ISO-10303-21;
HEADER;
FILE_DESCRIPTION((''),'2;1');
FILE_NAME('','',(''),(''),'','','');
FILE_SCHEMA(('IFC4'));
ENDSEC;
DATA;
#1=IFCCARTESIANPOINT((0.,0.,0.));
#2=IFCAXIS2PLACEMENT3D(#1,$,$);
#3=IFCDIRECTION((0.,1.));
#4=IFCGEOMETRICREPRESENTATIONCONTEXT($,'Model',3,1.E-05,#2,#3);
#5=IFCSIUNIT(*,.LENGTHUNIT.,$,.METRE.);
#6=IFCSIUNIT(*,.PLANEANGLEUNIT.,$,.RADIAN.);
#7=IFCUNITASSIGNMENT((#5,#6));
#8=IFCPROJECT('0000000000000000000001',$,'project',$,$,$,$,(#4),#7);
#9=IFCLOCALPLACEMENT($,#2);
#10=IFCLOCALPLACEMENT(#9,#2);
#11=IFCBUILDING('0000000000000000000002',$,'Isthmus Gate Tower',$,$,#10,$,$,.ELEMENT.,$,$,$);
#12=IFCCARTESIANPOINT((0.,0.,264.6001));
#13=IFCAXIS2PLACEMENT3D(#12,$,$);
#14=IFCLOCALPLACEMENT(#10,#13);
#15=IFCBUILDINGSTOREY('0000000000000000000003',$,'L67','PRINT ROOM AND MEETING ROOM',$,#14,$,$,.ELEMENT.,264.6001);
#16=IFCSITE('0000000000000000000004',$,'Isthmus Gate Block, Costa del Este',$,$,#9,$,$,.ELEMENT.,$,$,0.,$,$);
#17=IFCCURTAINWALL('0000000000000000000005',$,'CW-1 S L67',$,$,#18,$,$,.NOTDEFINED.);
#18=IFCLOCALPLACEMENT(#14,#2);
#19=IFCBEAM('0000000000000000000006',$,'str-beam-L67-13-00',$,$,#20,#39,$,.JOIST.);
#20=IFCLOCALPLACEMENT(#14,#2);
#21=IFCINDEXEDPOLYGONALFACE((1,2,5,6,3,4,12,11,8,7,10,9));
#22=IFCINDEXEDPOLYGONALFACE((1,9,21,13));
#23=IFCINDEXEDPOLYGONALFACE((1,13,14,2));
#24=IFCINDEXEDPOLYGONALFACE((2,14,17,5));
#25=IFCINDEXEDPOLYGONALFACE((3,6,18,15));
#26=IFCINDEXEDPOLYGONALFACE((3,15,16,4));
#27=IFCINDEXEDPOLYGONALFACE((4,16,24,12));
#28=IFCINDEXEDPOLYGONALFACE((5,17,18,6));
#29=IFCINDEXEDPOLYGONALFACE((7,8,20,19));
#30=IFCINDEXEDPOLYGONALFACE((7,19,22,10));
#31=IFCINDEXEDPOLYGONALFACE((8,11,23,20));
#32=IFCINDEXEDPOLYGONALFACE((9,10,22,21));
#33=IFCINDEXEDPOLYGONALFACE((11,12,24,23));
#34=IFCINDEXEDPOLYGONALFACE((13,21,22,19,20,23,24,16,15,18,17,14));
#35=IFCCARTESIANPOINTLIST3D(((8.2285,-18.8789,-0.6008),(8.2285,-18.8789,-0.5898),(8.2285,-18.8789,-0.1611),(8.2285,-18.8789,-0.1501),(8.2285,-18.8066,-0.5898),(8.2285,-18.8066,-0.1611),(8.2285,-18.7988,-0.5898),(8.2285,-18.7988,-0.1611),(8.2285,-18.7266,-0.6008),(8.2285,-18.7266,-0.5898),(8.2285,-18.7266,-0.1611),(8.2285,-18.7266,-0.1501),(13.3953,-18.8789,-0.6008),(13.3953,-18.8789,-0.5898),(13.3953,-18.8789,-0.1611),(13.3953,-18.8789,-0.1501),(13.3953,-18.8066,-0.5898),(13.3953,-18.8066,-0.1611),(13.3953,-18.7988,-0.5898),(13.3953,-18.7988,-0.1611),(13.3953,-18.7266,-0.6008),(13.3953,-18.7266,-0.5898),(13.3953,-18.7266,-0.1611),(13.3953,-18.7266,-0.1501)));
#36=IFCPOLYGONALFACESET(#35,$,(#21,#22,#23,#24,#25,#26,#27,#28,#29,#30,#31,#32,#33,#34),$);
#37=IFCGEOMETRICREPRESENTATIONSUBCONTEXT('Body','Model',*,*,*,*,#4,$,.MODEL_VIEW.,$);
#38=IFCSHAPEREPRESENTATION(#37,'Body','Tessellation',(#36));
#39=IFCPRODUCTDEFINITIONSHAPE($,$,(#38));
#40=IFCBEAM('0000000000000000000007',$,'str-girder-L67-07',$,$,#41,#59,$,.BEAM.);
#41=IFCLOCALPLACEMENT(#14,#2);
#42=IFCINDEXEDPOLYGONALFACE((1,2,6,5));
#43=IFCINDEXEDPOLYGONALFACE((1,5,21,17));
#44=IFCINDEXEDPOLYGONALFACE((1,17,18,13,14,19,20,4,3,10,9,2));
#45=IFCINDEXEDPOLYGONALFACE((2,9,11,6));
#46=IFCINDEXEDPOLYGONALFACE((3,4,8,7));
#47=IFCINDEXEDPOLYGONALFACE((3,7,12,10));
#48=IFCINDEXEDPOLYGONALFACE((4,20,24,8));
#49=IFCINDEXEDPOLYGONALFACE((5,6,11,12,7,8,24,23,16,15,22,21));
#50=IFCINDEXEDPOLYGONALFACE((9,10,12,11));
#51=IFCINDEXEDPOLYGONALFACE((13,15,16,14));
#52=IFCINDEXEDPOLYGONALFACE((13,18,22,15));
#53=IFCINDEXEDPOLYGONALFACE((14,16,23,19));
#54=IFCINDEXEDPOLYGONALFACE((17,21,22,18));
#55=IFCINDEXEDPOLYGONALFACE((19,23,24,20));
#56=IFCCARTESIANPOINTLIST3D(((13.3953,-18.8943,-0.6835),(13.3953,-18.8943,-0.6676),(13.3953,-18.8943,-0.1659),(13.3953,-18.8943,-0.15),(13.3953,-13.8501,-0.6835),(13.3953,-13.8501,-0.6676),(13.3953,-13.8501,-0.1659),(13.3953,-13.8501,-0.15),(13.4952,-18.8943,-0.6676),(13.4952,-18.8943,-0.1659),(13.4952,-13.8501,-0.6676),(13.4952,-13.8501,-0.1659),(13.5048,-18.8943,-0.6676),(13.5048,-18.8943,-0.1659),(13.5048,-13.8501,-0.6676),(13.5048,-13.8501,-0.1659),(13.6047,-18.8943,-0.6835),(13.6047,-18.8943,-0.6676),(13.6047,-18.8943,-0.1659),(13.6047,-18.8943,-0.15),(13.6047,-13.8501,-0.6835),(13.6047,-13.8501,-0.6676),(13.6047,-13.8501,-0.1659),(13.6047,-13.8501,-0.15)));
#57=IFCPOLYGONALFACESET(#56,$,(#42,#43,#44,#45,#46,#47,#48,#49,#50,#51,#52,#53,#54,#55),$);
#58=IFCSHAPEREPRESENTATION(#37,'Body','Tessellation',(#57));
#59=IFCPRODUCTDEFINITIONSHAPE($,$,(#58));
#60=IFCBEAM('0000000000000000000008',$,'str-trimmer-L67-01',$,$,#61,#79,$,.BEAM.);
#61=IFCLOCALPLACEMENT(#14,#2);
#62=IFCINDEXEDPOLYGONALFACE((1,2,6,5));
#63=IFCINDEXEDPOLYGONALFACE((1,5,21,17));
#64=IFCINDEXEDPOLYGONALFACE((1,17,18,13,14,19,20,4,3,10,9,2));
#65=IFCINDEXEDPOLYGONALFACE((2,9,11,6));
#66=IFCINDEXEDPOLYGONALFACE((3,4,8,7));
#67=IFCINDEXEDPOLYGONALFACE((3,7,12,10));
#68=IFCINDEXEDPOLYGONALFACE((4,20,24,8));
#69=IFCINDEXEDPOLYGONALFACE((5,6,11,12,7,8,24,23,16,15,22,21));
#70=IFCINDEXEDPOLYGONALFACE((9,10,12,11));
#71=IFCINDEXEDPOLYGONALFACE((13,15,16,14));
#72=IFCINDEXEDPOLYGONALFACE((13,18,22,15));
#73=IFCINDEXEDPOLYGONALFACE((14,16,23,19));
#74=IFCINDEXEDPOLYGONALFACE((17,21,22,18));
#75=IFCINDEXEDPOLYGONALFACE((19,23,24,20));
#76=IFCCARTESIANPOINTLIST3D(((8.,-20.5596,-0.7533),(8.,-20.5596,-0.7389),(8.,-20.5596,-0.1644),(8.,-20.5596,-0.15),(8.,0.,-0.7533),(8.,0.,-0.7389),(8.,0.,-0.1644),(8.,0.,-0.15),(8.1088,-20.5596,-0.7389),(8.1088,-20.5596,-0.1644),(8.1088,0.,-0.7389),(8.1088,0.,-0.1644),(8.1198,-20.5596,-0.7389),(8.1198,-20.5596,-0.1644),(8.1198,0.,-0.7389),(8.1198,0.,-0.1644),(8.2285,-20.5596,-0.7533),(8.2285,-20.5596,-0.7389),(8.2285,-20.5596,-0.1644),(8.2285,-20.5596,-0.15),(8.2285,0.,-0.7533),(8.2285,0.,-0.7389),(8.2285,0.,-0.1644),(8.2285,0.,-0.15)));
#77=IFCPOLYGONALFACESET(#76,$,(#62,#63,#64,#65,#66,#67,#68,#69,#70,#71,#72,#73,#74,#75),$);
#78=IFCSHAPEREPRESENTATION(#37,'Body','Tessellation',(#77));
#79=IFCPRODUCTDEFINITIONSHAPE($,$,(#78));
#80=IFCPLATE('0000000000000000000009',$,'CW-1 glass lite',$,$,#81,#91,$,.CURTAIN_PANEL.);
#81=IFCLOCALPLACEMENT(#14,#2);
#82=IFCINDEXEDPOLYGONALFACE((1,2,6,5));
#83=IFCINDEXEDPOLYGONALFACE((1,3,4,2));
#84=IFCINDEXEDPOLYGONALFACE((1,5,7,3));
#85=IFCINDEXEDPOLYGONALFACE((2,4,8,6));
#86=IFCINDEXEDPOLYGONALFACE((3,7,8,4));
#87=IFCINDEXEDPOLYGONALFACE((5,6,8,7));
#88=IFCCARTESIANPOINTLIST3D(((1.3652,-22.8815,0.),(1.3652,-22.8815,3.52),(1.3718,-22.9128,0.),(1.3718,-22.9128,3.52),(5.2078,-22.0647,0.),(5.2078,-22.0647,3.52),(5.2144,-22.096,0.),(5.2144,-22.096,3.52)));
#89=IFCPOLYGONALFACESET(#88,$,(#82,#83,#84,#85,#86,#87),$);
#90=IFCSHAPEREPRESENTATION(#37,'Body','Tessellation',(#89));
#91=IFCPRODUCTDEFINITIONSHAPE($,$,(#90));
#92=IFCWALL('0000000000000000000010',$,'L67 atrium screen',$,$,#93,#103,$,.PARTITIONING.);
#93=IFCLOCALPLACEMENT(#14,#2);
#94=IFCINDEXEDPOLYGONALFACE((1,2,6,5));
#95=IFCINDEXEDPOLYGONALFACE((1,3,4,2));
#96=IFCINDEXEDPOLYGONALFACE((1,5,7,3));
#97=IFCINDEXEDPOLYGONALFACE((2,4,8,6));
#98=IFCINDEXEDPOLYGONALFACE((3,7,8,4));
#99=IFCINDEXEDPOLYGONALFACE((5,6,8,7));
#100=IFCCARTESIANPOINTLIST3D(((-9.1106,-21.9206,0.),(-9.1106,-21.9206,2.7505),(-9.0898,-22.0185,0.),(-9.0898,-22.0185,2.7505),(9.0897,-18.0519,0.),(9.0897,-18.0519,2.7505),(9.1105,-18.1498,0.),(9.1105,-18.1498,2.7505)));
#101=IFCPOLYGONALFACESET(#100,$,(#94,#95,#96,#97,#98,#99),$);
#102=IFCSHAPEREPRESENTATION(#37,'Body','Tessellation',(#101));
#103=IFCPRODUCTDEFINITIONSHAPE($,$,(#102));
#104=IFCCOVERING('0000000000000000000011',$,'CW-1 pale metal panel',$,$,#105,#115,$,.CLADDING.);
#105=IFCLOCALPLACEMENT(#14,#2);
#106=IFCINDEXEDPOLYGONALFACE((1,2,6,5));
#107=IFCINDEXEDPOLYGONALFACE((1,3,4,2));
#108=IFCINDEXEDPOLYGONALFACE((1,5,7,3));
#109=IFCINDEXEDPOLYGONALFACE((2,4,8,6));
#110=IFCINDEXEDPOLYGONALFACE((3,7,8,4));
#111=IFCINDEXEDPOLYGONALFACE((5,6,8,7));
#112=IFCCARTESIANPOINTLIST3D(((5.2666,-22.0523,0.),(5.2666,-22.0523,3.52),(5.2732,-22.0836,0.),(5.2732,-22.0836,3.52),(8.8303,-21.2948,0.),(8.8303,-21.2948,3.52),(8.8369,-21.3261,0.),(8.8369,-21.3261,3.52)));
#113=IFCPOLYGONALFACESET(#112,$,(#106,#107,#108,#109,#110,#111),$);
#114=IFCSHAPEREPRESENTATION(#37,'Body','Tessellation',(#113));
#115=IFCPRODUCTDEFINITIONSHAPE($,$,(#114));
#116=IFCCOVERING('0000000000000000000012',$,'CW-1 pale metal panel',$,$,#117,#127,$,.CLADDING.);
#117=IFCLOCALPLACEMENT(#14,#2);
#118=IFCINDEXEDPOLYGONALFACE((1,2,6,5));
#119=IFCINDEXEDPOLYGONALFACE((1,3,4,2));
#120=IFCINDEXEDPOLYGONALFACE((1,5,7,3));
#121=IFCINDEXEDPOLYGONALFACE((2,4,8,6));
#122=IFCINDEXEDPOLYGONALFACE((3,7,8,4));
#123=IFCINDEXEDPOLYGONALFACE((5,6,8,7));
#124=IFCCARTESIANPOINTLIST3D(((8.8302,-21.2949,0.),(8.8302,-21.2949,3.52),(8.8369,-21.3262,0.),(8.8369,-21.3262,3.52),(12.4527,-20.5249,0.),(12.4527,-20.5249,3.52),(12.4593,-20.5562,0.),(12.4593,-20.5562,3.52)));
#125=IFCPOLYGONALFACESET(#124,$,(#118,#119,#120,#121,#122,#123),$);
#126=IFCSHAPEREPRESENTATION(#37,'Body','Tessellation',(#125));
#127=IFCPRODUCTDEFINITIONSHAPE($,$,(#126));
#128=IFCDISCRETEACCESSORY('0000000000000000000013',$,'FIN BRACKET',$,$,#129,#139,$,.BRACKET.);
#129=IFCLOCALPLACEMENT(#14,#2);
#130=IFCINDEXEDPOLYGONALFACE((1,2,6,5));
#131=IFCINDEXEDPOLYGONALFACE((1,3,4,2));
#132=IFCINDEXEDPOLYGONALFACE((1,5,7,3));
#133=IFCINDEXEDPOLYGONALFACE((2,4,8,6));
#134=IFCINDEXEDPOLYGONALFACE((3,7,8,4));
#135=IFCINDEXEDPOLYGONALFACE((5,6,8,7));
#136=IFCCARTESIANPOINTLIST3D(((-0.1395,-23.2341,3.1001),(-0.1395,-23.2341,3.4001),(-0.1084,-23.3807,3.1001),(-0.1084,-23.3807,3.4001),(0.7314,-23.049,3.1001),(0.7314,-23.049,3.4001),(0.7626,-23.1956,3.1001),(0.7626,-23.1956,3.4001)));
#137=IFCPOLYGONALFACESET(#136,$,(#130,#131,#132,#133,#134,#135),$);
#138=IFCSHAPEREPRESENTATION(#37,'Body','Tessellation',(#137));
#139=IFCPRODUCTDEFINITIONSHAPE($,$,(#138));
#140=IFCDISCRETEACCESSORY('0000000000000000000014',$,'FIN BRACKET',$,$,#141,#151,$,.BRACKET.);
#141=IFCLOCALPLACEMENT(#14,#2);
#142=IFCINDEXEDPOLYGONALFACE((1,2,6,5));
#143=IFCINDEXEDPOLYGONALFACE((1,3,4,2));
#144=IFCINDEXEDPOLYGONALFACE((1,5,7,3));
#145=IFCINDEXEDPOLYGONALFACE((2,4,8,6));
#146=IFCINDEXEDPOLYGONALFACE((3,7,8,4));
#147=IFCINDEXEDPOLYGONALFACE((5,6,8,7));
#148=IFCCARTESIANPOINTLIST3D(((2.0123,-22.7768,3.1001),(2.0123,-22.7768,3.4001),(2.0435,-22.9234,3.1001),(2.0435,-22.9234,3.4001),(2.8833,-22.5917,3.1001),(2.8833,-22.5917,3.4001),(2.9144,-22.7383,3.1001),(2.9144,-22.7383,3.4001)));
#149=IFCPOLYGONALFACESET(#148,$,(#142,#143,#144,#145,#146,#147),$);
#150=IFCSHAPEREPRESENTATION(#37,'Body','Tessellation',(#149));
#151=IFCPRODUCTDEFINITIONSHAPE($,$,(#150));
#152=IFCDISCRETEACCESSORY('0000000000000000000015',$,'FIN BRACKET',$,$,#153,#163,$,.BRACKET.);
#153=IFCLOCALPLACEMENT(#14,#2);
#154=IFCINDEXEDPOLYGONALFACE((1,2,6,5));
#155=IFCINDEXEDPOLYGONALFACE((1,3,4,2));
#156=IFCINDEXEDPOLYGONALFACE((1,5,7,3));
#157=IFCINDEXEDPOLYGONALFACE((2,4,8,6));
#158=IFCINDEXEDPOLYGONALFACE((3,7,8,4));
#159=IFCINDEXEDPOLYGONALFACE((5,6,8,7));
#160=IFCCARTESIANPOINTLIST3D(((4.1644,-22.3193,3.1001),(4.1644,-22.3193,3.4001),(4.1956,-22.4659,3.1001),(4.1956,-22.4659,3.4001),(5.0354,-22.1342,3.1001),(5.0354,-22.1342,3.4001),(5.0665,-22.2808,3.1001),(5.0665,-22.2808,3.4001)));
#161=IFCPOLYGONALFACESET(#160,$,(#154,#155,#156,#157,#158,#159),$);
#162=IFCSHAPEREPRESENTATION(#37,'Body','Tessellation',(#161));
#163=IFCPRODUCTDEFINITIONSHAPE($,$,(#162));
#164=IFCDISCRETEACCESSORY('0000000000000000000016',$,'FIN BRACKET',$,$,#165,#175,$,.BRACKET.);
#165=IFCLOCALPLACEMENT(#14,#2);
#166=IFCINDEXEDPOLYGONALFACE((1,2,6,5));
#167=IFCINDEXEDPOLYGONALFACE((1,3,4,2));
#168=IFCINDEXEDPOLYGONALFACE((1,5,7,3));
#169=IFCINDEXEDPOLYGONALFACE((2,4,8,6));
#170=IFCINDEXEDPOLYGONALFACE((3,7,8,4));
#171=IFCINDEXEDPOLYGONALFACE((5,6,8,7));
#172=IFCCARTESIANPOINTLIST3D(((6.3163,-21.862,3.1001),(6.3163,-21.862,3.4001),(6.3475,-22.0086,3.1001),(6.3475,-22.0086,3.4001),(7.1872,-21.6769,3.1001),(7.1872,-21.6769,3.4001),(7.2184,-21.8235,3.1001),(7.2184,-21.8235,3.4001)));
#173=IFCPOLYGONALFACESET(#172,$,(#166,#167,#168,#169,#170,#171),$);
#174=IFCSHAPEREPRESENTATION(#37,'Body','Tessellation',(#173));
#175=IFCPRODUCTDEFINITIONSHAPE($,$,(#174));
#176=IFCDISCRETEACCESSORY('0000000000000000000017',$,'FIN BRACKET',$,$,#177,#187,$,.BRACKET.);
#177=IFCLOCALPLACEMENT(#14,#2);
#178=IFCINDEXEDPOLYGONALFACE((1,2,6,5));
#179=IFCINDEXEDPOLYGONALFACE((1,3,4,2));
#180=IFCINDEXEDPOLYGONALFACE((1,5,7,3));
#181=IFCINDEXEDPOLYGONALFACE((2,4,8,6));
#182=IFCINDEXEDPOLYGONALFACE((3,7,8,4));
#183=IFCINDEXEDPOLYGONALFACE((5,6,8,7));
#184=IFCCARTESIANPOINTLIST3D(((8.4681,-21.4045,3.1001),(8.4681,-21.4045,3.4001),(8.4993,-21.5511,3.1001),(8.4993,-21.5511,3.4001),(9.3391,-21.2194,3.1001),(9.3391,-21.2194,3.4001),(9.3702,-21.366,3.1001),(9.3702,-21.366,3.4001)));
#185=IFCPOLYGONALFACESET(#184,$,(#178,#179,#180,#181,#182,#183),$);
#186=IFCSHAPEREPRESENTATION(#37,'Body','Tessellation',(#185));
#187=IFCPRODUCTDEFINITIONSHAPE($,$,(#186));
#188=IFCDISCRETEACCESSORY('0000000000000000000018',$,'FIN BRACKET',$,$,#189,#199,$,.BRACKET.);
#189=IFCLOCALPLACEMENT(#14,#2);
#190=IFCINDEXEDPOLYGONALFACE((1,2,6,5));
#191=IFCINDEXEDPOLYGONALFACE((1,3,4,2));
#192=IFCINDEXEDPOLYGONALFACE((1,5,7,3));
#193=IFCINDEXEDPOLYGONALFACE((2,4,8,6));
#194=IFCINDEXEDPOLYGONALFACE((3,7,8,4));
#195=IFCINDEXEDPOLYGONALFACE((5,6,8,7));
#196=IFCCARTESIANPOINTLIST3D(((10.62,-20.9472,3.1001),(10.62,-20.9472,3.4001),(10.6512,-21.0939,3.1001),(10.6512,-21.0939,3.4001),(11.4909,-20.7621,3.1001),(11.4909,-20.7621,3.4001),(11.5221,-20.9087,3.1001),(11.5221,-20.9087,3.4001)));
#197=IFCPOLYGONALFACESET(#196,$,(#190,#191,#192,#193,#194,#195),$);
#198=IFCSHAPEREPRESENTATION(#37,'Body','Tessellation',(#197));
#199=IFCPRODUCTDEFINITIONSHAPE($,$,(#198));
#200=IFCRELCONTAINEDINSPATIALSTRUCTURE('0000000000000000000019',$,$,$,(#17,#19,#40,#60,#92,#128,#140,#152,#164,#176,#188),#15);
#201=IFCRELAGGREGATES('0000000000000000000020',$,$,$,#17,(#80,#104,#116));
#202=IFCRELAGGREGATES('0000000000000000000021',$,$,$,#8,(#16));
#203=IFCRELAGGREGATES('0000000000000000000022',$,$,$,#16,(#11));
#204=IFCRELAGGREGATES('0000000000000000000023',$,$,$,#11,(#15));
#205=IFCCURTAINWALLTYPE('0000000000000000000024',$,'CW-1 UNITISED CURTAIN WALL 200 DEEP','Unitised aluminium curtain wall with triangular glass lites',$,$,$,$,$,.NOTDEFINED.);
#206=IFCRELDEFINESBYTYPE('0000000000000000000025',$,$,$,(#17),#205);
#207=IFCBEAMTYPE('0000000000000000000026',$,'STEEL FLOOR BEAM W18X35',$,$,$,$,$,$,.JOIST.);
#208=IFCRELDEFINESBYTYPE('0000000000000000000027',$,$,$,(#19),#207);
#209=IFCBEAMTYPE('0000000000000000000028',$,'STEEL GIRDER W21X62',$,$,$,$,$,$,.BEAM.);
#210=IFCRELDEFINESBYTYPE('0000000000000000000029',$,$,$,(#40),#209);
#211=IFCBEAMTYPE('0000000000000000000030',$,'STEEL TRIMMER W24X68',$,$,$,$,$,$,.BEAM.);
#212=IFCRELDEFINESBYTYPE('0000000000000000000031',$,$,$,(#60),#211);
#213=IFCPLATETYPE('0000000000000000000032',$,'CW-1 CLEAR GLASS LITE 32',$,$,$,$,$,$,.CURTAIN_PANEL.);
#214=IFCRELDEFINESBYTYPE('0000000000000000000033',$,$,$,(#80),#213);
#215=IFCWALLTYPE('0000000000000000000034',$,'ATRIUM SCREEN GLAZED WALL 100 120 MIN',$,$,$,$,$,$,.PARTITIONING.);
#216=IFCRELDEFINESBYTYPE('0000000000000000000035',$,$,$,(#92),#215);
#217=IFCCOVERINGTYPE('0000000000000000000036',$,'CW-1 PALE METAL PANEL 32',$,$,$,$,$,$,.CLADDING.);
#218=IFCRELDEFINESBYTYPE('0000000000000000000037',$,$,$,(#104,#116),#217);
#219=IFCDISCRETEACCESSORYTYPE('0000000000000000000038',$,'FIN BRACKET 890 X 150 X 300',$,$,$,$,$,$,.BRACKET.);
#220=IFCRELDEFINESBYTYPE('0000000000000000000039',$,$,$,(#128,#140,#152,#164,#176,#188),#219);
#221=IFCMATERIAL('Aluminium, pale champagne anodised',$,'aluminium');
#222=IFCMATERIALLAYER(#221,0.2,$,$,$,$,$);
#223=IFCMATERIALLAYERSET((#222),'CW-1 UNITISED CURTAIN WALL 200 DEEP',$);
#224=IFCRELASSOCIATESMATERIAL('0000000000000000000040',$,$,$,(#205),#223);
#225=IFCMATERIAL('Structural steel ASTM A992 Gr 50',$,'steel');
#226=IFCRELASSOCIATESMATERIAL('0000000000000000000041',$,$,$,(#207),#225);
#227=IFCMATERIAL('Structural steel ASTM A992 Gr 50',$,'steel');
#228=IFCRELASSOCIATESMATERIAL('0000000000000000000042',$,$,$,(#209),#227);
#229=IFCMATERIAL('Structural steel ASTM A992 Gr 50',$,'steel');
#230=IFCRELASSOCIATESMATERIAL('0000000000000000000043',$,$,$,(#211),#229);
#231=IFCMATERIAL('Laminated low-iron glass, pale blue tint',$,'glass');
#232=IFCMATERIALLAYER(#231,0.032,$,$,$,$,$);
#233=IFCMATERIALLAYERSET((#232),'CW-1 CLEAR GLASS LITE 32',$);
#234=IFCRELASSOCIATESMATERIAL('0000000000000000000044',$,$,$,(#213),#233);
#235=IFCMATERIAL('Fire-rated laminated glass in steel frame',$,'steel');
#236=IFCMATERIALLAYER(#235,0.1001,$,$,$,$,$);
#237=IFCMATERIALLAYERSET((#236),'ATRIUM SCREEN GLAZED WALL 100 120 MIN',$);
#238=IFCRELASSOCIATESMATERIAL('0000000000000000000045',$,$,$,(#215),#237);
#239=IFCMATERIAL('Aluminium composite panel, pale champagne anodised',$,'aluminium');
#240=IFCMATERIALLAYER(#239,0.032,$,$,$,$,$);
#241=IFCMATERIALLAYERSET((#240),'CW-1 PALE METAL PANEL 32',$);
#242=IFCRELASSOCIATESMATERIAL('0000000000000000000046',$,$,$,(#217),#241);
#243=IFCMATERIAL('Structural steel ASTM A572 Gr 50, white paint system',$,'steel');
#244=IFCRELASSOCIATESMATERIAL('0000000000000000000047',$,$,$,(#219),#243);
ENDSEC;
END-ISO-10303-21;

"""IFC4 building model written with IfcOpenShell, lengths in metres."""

from ifc_helpers import new_model, si_unit, direction, frame, frame_2d, origin, origin_2d, place, context, subcontext, project, spatial, rectangle, i_section, extrude, material, layer, layer_set, material_profile, profile_set, type_object, element, aggregate, save


model = new_model("IFC4")

# Units and contexts
model_context = context("Model", 3, precision=1e-05, world=origin(), true_north=direction((0.0, 1.0)))
body_context = subcontext(model_context, "Body", "Model", "MODEL_VIEW")
ifc_project = project(units=[si_unit("LENGTHUNIT", "METRE"), si_unit("PLANEANGLEUNIT", "RADIAN")], contexts=[model_context])

# Site, building, storey
site_placement = place(None, origin())
site = spatial("IfcSite", under=ifc_project, at=site_placement, Name="Isthmus Gate Block, Costa del Este", CompositionType="ELEMENT", RefElevation=0.0)
building_placement = place(site_placement, origin())
building = spatial("IfcBuilding", under=site, at=building_placement, Name="Isthmus Gate Tower", CompositionType="ELEMENT")
storey_placement = place(building_placement, frame((0.0, 0.0, 264.6001)))
storey = spatial("IfcBuildingStorey", under=building, at=storey_placement, Name="L67", Description="PRINT ROOM AND MEETING ROOM", CompositionType="ELEMENT", Elevation=264.6001)

# Curtain wall
ifc_material_1 = material(Name="Aluminium, pale champagne anodised", Category="aluminium")
ifc_layer_1 = layer(ifc_material_1, 0.2)
ifc_layer_set_1 = layer_set([ifc_layer_1], Name="CW-1 UNITISED CURTAIN WALL 200 DEEP")
curtain_wall_type = type_object("IfcCurtainWallType", Name="CW-1 UNITISED CURTAIN WALL 200 DEEP", Description="Unitised aluminium curtain wall with triangular glass lites", PredefinedType="NOTDEFINED", material=ifc_layer_set_1)
curtain_wall_1_placement = place(storey_placement, origin())
curtain_wall_1 = element("IfcCurtainWall", 1, at=curtain_wall_1_placement, inside=storey, type_object=curtain_wall_type, Name="CW-1 S L67", PredefinedType="NOTDEFINED")

# Beams
ifc_material_2 = material(Name="Structural steel ASTM A992 Gr 50", Category="steel")
ifc_material_profile_1 = material_profile(ifc_material_2, i_section(OverallWidth=0.1523, OverallDepth=0.4507, WebThickness=0.0078, FlangeThickness=0.011, at=origin_2d()), Name="W18X35")
ifc_profile_set_1 = profile_set([ifc_material_profile_1], Name="Structural steel ASTM A992 Gr 50")
beam_type_1 = type_object("IfcBeamType", Name="STEEL FLOOR BEAM W18X35", PredefinedType="JOIST", material=ifc_profile_set_1)
beam_1_placement = place(storey_placement, frame((8.2285, -18.8027, -0.3755), z_axis=(1.0, 0.0, 0.0), x_axis=(0.0, 1.0, 0.0)))
element("IfcBeam", 2, at=beam_1_placement, inside=storey, type_object=beam_type_1, Name="str-beam-L67-13-00", PredefinedType="JOIST", context=body_context, shape_type="SweptSolid", body=[
    extrude(i_section(OverallWidth=0.1523, OverallDepth=0.4507, WebThickness=0.0078, FlangeThickness=0.011, at=origin_2d()), origin(), (0.0, 0.0, 1.0), 5.1667),
])
ifc_material_3 = material(Name="Structural steel ASTM A992 Gr 50", Category="steel")
ifc_material_profile_2 = material_profile(ifc_material_3, i_section(OverallWidth=0.2095, OverallDepth=0.5334, WebThickness=0.0095, FlangeThickness=0.0159, at=origin_2d()), Name="W21X62")
ifc_profile_set_2 = profile_set([ifc_material_profile_2], Name="Structural steel ASTM A992 Gr 50")
beam_type_2 = type_object("IfcBeamType", Name="STEEL GIRDER W21X62", PredefinedType="BEAM", material=ifc_profile_set_2)
beam_2_placement = place(storey_placement, frame((13.5, -18.8943, -0.4167), z_axis=(0.0, 1.0, 0.0), x_axis=(-1.0, 0.0, 0.0)))
element("IfcBeam", 3, at=beam_2_placement, inside=storey, type_object=beam_type_2, Name="str-girder-L67-07", PredefinedType="BEAM", context=body_context, shape_type="SweptSolid", body=[
    extrude(i_section(OverallWidth=0.2095, OverallDepth=0.5334, WebThickness=0.0095, FlangeThickness=0.0159, at=origin_2d()), origin(), (0.0, 0.0, 1.0), 5.0442),
])
ifc_material_4 = material(Name="Structural steel ASTM A992 Gr 50", Category="steel")
ifc_material_profile_3 = material_profile(ifc_material_4, i_section(OverallWidth=0.2285, OverallDepth=0.6033, WebThickness=0.011, FlangeThickness=0.0144, at=origin_2d()), Name="W24X68")
ifc_profile_set_3 = profile_set([ifc_material_profile_3], Name="Structural steel ASTM A992 Gr 50")
beam_type_3 = type_object("IfcBeamType", Name="STEEL TRIMMER W24X68", PredefinedType="BEAM", material=ifc_profile_set_3)
beam_3_placement = place(storey_placement, frame((8.1143, -20.5596, -0.4517), z_axis=(0.0, 1.0, 0.0), x_axis=(-1.0, 0.0, 0.0)))
element("IfcBeam", 4, at=beam_3_placement, inside=storey, type_object=beam_type_3, Name="str-trimmer-L67-01", PredefinedType="BEAM", context=body_context, shape_type="SweptSolid", body=[
    extrude(i_section(OverallWidth=0.2285, OverallDepth=0.6033, WebThickness=0.011, FlangeThickness=0.0144, at=origin_2d()), origin(), (0.0, 0.0, 1.0), 20.5596),
])

# Plate
ifc_material_5 = material(Name="Laminated low-iron glass, pale blue tint", Category="glass")
ifc_layer_2 = layer(ifc_material_5, 0.032)
ifc_layer_set_2 = layer_set([ifc_layer_2], Name="CW-1 CLEAR GLASS LITE 32")
plate_type = type_object("IfcPlateType", Name="CW-1 CLEAR GLASS LITE 32", PredefinedType="CURTAIN_PANEL", material=ifc_layer_set_2)
plate_placement = place(storey_placement, frame((3.2898, -22.4888, 0.0), z_axis=(0.0, 0.0, 1.0), x_axis=(0.978148, 0.207912, 0.0)))
plate = element("IfcPlate", 5, at=plate_placement, type_object=plate_type, Name="CW-1 glass lite", PredefinedType="CURTAIN_PANEL", context=body_context, shape_type="SweptSolid", body=[
    extrude(rectangle(XDim=3.9285, YDim=0.032, at=origin_2d()), origin(), (0.0, 0.0, 1.0), 3.52),
])

# Wall
ifc_material_6 = material(Name="Fire-rated laminated glass in steel frame", Category="steel")
ifc_layer_3 = layer(ifc_material_6, 0.1001)
ifc_layer_set_3 = layer_set([ifc_layer_3], Name="ATRIUM SCREEN GLAZED WALL 100 120 MIN")
wall_type = type_object("IfcWallType", Name="ATRIUM SCREEN GLAZED WALL 100 120 MIN", PredefinedType="PARTITIONING", material=ifc_layer_set_3)
wall_placement = place(storey_placement, frame((9.1001, -18.1008, 0.0), z_axis=(0.0, 0.0, 1.0), x_axis=(-0.978147, -0.207916, 0.0)))
element("IfcWall", 6, at=wall_placement, inside=storey, type_object=wall_type, Name="L67 atrium screen", PredefinedType="PARTITIONING", context=body_context, shape_type="SweptSolid", body=[
    extrude(rectangle(XDim=18.6069, YDim=0.1001, at=frame_2d((9.3035, 0.0))), origin(), (0.0, 0.0, 1.0), 2.7505),
])

# Coverings
ifc_material_7 = material(Name="Aluminium composite panel, pale champagne anodised", Category="aluminium")
ifc_layer_4 = layer(ifc_material_7, 0.032)
ifc_layer_set_4 = layer_set([ifc_layer_4], Name="CW-1 PALE METAL PANEL 32")
covering_type = type_object("IfcCoveringType", Name="CW-1 PALE METAL PANEL 32", PredefinedType="CLADDING", material=ifc_layer_set_4)
covering_1_placement = place(storey_placement, frame((7.0518, -21.6892, 0.0), z_axis=(0.0, 0.0, 1.0), x_axis=(0.978148, 0.207912, 0.0)))
covering_1 = element("IfcCovering", 7, at=covering_1_placement, type_object=covering_type, Name="CW-1 pale metal panel", PredefinedType="CLADDING", context=body_context, shape_type="SweptSolid", body=[
    extrude(rectangle(XDim=3.6433, YDim=0.032, at=origin_2d()), origin(), (0.0, 0.0, 1.0), 3.52),
])
covering_2_placement = place(storey_placement, frame((10.6448, -20.9255, 0.0), z_axis=(0.0, 0.0, 1.0), x_axis=(0.978148, 0.207912, 0.0)))
covering_2 = element("IfcCovering", 8, at=covering_2_placement, type_object=covering_type, Name="CW-1 pale metal panel", PredefinedType="CLADDING", context=body_context, shape_type="SweptSolid", body=[
    extrude(rectangle(XDim=3.7034, YDim=0.032, at=origin_2d()), origin(), (0.0, 0.0, 1.0), 3.52),
])
aggregate(curtain_wall_1, [plate, covering_1, covering_2])

# Discrete accessories
ifc_material_8 = material(Name="Structural steel ASTM A572 Gr 50, white paint system", Category="steel")
discrete_accessory_type = type_object("IfcDiscreteAccessoryType", Name="FIN BRACKET 890 X 150 X 300", PredefinedType="BRACKET", material=ifc_material_8)
for number, where, z_axis, x_axis, name in (
    (9, (0.3115, -23.2148, 3.1001), (0.0, 0.0, 1.0), (0.207912, -0.978148, 0.0), "FIN BRACKET"),
    (10, (2.4634, -22.7576, 3.1001), (0.0, 0.0, 1.0), (0.207912, -0.978148, 0.0), "FIN BRACKET"),
    (11, (4.6155, -22.3, 3.1001), (0.0, 0.0, 1.0), (0.207912, -0.978148, 0.0), "FIN BRACKET"),
    (12, (6.7673, -21.8428, 3.1001), (0.0, 0.0, 1.0), (0.207912, -0.978148, 0.0), "FIN BRACKET"),
    (13, (8.9192, -21.3853, 3.1001), (0.0, 0.0, 1.0), (0.207912, -0.978148, 0.0), "FIN BRACKET"),
    (14, (11.071, -20.928, 3.1001), (0.0, 0.0, 1.0), (0.207912, -0.978148, 0.0), "FIN BRACKET"),
):
    element("IfcDiscreteAccessory", number, at=place(storey_placement, frame(where, z_axis=z_axis, x_axis=x_axis)), inside=storey, type_object=discrete_accessory_type, Name=name, PredefinedType="BRACKET", context=body_context, shape_type="SweptSolid", body=[
        extrude(rectangle(XDim=0.1499, YDim=0.8904, at=origin_2d()), origin(), (0.0, 0.0, 1.0), 0.3),
    ])

save(model, "model.ifc")
